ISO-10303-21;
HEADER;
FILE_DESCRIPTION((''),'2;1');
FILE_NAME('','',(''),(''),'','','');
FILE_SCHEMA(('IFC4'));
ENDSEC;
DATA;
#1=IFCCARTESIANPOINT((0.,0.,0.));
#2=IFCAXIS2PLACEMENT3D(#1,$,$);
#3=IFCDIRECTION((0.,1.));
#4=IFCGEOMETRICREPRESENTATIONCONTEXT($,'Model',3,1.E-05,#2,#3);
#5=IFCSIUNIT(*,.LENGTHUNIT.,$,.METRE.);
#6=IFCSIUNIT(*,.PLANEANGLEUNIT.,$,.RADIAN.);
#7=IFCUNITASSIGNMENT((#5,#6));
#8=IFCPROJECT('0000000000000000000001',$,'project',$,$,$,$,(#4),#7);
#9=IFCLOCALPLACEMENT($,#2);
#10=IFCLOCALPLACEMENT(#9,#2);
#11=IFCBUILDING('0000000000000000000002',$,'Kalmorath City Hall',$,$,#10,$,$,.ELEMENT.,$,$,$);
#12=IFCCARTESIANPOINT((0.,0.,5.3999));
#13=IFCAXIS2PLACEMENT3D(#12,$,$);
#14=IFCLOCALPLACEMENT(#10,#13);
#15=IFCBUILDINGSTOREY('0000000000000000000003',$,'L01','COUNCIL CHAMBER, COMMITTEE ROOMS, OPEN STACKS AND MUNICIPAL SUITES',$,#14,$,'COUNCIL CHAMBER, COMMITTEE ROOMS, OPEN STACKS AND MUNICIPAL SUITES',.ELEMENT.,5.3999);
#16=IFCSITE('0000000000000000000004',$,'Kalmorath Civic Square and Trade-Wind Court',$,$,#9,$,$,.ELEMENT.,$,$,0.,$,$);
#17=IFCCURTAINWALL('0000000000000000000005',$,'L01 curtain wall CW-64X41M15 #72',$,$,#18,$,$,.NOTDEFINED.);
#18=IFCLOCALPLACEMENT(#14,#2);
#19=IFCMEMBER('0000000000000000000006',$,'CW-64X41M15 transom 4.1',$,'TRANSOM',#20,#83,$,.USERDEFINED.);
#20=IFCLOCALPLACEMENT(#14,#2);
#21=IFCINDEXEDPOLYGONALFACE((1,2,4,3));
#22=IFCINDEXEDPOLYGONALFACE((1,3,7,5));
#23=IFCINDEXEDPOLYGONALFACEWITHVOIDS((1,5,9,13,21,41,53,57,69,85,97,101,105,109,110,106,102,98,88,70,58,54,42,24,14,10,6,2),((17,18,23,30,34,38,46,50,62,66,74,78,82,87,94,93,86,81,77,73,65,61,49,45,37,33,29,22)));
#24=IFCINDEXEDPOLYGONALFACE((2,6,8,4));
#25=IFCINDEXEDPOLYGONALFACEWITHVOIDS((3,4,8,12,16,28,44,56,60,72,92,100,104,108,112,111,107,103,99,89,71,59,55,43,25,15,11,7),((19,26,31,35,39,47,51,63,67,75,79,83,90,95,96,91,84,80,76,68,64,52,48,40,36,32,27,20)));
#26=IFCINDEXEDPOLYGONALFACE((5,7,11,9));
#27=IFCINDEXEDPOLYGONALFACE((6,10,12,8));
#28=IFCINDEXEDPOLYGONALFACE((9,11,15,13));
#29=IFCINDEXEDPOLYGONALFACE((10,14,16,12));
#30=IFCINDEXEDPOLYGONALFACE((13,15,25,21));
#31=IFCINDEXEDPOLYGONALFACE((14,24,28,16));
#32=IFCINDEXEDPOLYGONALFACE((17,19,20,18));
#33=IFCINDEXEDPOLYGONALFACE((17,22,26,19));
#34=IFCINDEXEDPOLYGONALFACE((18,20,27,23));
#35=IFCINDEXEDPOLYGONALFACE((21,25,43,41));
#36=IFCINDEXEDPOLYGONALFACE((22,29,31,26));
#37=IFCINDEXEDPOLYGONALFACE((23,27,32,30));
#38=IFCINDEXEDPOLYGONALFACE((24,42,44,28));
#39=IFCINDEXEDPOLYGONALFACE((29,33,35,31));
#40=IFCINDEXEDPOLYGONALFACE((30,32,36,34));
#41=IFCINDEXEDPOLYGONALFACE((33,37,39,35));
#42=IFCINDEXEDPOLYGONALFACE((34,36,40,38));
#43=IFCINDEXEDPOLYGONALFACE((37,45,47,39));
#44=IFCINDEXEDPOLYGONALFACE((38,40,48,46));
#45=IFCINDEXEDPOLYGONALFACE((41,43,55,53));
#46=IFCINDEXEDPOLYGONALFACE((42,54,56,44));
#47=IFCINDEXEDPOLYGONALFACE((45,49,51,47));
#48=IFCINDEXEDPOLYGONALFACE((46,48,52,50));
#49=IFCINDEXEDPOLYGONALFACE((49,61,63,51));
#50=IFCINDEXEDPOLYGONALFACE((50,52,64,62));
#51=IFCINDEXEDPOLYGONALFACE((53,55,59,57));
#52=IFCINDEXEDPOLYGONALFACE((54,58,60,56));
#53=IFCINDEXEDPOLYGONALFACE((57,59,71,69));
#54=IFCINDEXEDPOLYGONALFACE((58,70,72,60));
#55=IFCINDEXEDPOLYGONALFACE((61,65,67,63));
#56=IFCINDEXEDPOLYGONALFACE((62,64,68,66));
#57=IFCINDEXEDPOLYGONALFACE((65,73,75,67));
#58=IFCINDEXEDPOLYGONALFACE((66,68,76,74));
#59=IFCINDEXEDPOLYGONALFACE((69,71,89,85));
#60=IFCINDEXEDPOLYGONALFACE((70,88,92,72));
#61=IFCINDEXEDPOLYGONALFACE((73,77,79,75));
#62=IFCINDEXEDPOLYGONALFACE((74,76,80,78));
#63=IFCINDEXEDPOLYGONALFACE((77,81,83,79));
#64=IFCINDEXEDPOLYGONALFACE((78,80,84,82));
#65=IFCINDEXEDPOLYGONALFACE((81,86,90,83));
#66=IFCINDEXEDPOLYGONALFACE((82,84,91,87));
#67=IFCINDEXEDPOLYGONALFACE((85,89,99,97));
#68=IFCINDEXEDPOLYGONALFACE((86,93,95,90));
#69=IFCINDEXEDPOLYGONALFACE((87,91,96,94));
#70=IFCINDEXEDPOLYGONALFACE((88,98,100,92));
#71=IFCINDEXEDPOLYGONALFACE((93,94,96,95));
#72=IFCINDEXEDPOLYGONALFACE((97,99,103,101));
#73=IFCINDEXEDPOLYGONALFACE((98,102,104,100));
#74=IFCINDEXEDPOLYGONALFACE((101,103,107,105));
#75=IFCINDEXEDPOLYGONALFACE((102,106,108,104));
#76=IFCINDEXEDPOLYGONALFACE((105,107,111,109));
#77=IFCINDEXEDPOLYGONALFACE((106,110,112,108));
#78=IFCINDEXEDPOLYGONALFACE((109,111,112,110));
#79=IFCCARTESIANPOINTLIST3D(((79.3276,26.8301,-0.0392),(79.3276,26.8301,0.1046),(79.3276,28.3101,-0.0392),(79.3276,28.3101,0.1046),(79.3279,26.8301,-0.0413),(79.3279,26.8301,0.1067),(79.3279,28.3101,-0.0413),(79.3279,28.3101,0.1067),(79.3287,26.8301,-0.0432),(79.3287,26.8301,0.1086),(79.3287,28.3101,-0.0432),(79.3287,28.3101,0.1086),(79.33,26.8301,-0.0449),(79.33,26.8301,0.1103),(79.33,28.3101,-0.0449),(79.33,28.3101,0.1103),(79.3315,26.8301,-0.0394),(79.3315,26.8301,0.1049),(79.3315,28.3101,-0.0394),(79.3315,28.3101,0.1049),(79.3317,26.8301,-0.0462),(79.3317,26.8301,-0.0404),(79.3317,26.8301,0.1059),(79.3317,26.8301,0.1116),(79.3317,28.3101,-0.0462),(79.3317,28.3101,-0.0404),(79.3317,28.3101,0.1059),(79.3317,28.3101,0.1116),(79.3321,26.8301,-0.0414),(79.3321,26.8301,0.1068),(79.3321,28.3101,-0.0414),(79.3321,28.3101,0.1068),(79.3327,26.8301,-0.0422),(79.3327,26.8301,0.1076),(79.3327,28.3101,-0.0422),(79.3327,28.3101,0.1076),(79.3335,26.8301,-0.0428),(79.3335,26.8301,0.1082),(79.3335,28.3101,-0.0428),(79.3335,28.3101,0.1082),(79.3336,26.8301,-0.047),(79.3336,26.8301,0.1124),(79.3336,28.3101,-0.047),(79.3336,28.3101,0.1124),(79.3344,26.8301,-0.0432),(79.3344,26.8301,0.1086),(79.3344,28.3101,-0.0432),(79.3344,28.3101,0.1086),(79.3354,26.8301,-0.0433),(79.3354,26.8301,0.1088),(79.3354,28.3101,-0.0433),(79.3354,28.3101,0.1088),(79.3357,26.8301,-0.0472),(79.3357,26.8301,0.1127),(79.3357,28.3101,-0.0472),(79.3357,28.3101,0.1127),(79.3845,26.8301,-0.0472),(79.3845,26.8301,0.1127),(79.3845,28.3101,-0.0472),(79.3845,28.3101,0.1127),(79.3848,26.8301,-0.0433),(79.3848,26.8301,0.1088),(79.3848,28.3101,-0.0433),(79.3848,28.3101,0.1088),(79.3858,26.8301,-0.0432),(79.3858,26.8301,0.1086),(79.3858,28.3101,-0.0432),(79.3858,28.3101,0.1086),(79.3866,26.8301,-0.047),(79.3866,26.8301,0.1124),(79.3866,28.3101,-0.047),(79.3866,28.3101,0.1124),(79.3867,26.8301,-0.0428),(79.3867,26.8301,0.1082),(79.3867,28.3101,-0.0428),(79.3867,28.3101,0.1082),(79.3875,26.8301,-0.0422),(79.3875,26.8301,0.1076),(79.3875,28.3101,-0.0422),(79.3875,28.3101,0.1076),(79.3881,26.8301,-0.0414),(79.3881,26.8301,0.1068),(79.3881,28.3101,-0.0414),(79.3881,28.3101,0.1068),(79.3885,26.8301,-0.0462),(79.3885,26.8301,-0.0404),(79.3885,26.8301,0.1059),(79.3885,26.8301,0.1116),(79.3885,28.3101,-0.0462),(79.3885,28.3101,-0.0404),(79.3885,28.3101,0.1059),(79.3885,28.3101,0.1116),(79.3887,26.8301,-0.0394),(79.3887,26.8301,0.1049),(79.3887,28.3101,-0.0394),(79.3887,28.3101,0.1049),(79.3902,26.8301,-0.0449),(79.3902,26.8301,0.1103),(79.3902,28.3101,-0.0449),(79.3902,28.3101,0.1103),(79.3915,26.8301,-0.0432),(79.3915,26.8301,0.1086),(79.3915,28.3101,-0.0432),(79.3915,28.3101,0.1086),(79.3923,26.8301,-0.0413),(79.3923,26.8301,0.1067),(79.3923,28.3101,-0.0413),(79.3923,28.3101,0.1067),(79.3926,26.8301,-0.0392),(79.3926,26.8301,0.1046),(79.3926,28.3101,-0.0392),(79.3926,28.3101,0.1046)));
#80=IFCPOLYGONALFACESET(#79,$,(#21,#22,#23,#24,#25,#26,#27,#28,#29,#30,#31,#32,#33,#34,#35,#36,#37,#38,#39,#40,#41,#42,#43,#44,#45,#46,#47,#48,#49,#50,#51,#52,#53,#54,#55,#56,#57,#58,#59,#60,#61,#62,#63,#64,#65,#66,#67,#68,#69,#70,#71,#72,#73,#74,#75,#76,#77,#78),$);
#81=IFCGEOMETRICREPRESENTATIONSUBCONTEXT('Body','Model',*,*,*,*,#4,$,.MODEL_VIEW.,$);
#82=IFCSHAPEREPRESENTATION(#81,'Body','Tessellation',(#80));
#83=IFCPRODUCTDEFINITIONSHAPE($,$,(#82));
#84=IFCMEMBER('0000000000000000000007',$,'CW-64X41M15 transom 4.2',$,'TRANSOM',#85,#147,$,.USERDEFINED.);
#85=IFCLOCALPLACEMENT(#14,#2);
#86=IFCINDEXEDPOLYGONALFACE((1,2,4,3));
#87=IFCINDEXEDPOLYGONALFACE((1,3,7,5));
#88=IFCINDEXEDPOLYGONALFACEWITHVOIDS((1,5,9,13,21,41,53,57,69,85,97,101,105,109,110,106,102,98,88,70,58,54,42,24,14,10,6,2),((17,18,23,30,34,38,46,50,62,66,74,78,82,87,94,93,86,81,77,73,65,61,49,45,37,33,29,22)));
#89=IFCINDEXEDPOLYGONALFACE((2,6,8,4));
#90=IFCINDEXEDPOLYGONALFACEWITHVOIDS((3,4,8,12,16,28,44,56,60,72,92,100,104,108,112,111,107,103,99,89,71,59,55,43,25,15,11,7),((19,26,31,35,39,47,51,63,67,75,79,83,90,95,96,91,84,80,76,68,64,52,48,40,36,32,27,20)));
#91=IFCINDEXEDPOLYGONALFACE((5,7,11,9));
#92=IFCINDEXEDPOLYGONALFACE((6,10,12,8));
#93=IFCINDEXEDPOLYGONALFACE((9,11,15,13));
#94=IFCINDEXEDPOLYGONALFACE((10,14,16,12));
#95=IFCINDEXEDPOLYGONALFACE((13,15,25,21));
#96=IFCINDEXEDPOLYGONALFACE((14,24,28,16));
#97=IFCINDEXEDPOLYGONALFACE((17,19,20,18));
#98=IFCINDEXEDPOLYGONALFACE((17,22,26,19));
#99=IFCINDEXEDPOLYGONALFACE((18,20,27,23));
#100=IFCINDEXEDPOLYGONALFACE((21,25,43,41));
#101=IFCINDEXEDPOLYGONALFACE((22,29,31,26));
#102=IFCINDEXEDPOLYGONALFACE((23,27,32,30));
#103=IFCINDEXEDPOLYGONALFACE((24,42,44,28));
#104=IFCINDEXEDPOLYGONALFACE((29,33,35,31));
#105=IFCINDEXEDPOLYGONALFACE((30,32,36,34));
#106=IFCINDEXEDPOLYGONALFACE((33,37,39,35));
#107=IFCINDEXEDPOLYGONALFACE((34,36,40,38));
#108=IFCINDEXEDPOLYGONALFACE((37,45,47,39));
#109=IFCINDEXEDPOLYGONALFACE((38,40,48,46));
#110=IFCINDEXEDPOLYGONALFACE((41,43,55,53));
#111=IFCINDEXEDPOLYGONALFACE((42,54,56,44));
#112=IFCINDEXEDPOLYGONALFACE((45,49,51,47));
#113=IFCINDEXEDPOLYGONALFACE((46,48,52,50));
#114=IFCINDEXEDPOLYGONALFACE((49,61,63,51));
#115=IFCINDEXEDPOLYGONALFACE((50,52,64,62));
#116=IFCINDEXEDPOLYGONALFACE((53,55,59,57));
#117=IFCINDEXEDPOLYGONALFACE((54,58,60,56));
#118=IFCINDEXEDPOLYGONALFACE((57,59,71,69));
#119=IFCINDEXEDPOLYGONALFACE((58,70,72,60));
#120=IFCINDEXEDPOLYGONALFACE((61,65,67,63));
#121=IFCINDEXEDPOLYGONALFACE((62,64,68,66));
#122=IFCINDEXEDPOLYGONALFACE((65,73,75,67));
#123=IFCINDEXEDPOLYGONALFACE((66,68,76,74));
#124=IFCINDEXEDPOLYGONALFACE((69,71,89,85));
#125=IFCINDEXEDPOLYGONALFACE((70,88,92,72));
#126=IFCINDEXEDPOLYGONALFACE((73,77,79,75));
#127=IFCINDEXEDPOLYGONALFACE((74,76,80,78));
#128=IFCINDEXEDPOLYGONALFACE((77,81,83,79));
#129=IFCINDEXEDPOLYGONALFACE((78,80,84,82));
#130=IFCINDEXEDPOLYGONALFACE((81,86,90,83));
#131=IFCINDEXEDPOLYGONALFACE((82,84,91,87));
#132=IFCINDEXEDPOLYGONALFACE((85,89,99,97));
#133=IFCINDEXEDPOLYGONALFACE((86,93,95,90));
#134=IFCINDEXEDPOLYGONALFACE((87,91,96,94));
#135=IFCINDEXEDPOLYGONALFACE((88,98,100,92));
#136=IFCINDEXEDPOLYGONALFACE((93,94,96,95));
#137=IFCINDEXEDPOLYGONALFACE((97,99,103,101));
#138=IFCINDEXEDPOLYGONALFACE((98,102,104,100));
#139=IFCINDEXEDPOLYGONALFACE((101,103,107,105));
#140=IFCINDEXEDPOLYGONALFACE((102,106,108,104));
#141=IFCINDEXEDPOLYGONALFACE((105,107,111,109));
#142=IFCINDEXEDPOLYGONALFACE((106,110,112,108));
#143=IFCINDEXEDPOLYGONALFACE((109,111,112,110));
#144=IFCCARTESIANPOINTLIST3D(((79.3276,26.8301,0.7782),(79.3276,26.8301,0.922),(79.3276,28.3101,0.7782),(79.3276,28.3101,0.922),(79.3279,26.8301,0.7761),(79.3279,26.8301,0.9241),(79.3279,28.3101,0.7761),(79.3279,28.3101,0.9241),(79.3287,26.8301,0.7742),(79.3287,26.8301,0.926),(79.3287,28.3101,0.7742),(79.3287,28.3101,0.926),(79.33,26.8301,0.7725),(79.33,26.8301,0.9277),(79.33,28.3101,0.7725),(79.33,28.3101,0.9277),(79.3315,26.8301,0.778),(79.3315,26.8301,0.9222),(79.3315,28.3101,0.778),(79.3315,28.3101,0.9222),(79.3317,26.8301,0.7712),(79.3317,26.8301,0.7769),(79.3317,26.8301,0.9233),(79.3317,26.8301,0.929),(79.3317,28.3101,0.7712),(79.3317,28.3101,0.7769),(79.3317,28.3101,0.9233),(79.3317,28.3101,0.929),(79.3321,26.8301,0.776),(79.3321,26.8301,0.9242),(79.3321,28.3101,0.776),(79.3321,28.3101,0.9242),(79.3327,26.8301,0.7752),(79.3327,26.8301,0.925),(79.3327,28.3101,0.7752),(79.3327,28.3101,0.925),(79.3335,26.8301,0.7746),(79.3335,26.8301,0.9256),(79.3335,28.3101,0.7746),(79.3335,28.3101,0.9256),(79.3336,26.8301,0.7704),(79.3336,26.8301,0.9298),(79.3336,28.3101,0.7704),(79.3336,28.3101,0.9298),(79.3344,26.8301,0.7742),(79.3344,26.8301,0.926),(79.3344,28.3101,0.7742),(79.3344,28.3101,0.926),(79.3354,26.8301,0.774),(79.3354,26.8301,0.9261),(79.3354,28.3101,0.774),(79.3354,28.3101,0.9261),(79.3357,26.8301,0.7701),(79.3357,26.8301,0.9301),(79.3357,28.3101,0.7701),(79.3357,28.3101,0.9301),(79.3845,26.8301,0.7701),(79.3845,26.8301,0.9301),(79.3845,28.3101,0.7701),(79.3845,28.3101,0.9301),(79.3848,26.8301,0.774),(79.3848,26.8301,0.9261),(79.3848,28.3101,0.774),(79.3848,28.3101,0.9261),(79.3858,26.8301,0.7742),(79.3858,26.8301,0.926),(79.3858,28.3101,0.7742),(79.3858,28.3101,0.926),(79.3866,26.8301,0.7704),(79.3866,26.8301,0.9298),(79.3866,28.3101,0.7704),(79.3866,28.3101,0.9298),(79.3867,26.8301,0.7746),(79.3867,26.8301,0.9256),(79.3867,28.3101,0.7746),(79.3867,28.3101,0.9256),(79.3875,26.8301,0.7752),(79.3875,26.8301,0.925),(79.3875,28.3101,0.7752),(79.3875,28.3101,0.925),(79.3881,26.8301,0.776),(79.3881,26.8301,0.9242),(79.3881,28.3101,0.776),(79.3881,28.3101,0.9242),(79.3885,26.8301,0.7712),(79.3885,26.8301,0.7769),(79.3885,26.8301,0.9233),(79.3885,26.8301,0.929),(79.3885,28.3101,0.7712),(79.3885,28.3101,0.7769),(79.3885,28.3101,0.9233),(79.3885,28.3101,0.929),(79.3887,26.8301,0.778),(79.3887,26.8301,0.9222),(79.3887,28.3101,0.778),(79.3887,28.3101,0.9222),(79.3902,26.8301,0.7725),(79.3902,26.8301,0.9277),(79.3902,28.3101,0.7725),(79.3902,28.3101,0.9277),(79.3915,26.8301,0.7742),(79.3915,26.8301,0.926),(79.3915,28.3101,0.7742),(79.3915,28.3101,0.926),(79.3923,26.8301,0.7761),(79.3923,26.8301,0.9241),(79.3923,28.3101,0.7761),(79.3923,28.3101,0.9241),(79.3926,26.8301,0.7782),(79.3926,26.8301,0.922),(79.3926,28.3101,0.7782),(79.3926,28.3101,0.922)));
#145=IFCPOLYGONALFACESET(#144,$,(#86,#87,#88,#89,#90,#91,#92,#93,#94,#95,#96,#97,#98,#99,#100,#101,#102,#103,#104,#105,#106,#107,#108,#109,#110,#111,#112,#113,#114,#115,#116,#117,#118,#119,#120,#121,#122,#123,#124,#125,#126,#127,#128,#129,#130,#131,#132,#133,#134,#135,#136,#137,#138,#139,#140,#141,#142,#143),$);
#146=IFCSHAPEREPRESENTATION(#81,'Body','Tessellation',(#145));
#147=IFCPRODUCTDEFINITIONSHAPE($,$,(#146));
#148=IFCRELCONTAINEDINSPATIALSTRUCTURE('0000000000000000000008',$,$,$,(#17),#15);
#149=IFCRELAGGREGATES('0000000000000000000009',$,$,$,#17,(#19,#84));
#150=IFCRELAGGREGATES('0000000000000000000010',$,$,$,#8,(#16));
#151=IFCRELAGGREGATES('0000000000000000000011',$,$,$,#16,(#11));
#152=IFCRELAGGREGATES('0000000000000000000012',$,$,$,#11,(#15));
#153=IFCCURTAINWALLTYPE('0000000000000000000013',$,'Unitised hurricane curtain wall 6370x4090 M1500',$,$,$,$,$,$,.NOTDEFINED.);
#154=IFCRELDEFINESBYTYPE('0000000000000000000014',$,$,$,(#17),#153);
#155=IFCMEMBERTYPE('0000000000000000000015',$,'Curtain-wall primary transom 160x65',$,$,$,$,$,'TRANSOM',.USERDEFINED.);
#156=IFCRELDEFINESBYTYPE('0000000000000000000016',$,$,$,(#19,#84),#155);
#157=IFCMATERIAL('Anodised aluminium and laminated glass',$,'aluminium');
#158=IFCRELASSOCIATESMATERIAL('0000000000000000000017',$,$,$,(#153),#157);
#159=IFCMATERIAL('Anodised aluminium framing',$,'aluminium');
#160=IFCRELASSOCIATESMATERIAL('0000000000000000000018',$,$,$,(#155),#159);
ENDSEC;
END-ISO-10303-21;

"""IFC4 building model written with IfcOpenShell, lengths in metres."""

from ifc_helpers import new_model, si_unit, direction, frame, origin, origin_2d, place, context, subcontext, project, spatial, hollow_rectangle, extrude, material, material_profile, profile_set, type_object, element, aggregate, save


model = new_model("IFC4")

# Units and contexts
model_context = context("Model", 3, precision=1e-05, world=origin(), true_north=direction((0.0, 1.0)))
body_context = subcontext(model_context, "Body", "Model", "MODEL_VIEW")
ifc_project = project(units=[si_unit("LENGTHUNIT", "METRE"), si_unit("PLANEANGLEUNIT", "RADIAN")], contexts=[model_context])

# Site, building, storey
site_placement = place(None, origin())
site = spatial("IfcSite", under=ifc_project, at=site_placement, Name="Kalmorath Civic Square and Trade-Wind Court", CompositionType="ELEMENT", RefElevation=0.0)
building_placement = place(site_placement, origin())
building = spatial("IfcBuilding", under=site, at=building_placement, Name="Kalmorath City Hall", CompositionType="ELEMENT")
storey_placement = place(building_placement, frame((0.0, 0.0, 5.3999)))
storey = spatial("IfcBuildingStorey", under=building, at=storey_placement, Name="L01", Description="COUNCIL CHAMBER, COMMITTEE ROOMS, OPEN STACKS AND MUNICIPAL SUITES", LongName="COUNCIL CHAMBER, COMMITTEE ROOMS, OPEN STACKS AND MUNICIPAL SUITES", CompositionType="ELEMENT", Elevation=5.3999)

# Curtain wall
ifc_material_1 = material(Name="Anodised aluminium and laminated glass", Category="aluminium")
curtain_wall_type_1 = type_object("IfcCurtainWallType", Name="Unitised hurricane curtain wall 6370x4090 M1500", PredefinedType="NOTDEFINED", material=ifc_material_1)
curtain_wall_1_placement = place(storey_placement, origin())
curtain_wall_1 = element("IfcCurtainWall", 1, at=curtain_wall_1_placement, inside=storey, type_object=curtain_wall_type_1, Name="L01 curtain wall CW-64X41M15 #72", PredefinedType="NOTDEFINED")

# Members
ifc_material_2 = material(Name="Anodised aluminium framing", Category="aluminium")
ifc_material_profile_1 = material_profile(ifc_material_2, hollow_rectangle(XDim=0.0649, YDim=0.1599, WallThickness=0.0039, InnerFilletRadius=0.0039, OuterFilletRadius=0.0081, at=origin_2d()), Name="ALU-TRN-160X65X4")
ifc_profile_set_1 = profile_set([ifc_material_profile_1], Name="Anodised aluminium framing")
member_type_1 = type_object("IfcMemberType", Name="Curtain-wall primary transom 160x65", ElementType="TRANSOM", PredefinedType="USERDEFINED", material=ifc_profile_set_1)
member_1_placement = place(storey_placement, frame((79.3601, 26.8301, 0.0327), z_axis=(0.0, 1.0, 0.0), x_axis=(-1.0, 0.0, 0.0)))
member_1 = element("IfcMember", 2, at=member_1_placement, type_object=member_type_1, Name="CW-64X41M15 transom 4.1", ObjectType="TRANSOM", PredefinedType="USERDEFINED", context=body_context, shape_type="SweptSolid", body=[
    extrude(hollow_rectangle(XDim=0.0649, YDim=0.1599, WallThickness=0.0039, InnerFilletRadius=0.0039, OuterFilletRadius=0.0081, at=origin_2d()), origin(), (0.0, 0.0, 1.0), 1.48),
])
member_2_placement = place(storey_placement, frame((79.3601, 26.8301, 0.8501), z_axis=(0.0, 1.0, 0.0), x_axis=(-1.0, 0.0, 0.0)))
member_2 = element("IfcMember", 3, at=member_2_placement, type_object=member_type_1, Name="CW-64X41M15 transom 4.2", ObjectType="TRANSOM", PredefinedType="USERDEFINED", context=body_context, shape_type="SweptSolid", body=[
    extrude(hollow_rectangle(XDim=0.0649, YDim=0.1599, WallThickness=0.0039, InnerFilletRadius=0.0039, OuterFilletRadius=0.0081, at=origin_2d()), origin(), (0.0, 0.0, 1.0), 1.48),
])

aggregate(curtain_wall_1, [member_1, member_2])

save(model, "model.ifc")
